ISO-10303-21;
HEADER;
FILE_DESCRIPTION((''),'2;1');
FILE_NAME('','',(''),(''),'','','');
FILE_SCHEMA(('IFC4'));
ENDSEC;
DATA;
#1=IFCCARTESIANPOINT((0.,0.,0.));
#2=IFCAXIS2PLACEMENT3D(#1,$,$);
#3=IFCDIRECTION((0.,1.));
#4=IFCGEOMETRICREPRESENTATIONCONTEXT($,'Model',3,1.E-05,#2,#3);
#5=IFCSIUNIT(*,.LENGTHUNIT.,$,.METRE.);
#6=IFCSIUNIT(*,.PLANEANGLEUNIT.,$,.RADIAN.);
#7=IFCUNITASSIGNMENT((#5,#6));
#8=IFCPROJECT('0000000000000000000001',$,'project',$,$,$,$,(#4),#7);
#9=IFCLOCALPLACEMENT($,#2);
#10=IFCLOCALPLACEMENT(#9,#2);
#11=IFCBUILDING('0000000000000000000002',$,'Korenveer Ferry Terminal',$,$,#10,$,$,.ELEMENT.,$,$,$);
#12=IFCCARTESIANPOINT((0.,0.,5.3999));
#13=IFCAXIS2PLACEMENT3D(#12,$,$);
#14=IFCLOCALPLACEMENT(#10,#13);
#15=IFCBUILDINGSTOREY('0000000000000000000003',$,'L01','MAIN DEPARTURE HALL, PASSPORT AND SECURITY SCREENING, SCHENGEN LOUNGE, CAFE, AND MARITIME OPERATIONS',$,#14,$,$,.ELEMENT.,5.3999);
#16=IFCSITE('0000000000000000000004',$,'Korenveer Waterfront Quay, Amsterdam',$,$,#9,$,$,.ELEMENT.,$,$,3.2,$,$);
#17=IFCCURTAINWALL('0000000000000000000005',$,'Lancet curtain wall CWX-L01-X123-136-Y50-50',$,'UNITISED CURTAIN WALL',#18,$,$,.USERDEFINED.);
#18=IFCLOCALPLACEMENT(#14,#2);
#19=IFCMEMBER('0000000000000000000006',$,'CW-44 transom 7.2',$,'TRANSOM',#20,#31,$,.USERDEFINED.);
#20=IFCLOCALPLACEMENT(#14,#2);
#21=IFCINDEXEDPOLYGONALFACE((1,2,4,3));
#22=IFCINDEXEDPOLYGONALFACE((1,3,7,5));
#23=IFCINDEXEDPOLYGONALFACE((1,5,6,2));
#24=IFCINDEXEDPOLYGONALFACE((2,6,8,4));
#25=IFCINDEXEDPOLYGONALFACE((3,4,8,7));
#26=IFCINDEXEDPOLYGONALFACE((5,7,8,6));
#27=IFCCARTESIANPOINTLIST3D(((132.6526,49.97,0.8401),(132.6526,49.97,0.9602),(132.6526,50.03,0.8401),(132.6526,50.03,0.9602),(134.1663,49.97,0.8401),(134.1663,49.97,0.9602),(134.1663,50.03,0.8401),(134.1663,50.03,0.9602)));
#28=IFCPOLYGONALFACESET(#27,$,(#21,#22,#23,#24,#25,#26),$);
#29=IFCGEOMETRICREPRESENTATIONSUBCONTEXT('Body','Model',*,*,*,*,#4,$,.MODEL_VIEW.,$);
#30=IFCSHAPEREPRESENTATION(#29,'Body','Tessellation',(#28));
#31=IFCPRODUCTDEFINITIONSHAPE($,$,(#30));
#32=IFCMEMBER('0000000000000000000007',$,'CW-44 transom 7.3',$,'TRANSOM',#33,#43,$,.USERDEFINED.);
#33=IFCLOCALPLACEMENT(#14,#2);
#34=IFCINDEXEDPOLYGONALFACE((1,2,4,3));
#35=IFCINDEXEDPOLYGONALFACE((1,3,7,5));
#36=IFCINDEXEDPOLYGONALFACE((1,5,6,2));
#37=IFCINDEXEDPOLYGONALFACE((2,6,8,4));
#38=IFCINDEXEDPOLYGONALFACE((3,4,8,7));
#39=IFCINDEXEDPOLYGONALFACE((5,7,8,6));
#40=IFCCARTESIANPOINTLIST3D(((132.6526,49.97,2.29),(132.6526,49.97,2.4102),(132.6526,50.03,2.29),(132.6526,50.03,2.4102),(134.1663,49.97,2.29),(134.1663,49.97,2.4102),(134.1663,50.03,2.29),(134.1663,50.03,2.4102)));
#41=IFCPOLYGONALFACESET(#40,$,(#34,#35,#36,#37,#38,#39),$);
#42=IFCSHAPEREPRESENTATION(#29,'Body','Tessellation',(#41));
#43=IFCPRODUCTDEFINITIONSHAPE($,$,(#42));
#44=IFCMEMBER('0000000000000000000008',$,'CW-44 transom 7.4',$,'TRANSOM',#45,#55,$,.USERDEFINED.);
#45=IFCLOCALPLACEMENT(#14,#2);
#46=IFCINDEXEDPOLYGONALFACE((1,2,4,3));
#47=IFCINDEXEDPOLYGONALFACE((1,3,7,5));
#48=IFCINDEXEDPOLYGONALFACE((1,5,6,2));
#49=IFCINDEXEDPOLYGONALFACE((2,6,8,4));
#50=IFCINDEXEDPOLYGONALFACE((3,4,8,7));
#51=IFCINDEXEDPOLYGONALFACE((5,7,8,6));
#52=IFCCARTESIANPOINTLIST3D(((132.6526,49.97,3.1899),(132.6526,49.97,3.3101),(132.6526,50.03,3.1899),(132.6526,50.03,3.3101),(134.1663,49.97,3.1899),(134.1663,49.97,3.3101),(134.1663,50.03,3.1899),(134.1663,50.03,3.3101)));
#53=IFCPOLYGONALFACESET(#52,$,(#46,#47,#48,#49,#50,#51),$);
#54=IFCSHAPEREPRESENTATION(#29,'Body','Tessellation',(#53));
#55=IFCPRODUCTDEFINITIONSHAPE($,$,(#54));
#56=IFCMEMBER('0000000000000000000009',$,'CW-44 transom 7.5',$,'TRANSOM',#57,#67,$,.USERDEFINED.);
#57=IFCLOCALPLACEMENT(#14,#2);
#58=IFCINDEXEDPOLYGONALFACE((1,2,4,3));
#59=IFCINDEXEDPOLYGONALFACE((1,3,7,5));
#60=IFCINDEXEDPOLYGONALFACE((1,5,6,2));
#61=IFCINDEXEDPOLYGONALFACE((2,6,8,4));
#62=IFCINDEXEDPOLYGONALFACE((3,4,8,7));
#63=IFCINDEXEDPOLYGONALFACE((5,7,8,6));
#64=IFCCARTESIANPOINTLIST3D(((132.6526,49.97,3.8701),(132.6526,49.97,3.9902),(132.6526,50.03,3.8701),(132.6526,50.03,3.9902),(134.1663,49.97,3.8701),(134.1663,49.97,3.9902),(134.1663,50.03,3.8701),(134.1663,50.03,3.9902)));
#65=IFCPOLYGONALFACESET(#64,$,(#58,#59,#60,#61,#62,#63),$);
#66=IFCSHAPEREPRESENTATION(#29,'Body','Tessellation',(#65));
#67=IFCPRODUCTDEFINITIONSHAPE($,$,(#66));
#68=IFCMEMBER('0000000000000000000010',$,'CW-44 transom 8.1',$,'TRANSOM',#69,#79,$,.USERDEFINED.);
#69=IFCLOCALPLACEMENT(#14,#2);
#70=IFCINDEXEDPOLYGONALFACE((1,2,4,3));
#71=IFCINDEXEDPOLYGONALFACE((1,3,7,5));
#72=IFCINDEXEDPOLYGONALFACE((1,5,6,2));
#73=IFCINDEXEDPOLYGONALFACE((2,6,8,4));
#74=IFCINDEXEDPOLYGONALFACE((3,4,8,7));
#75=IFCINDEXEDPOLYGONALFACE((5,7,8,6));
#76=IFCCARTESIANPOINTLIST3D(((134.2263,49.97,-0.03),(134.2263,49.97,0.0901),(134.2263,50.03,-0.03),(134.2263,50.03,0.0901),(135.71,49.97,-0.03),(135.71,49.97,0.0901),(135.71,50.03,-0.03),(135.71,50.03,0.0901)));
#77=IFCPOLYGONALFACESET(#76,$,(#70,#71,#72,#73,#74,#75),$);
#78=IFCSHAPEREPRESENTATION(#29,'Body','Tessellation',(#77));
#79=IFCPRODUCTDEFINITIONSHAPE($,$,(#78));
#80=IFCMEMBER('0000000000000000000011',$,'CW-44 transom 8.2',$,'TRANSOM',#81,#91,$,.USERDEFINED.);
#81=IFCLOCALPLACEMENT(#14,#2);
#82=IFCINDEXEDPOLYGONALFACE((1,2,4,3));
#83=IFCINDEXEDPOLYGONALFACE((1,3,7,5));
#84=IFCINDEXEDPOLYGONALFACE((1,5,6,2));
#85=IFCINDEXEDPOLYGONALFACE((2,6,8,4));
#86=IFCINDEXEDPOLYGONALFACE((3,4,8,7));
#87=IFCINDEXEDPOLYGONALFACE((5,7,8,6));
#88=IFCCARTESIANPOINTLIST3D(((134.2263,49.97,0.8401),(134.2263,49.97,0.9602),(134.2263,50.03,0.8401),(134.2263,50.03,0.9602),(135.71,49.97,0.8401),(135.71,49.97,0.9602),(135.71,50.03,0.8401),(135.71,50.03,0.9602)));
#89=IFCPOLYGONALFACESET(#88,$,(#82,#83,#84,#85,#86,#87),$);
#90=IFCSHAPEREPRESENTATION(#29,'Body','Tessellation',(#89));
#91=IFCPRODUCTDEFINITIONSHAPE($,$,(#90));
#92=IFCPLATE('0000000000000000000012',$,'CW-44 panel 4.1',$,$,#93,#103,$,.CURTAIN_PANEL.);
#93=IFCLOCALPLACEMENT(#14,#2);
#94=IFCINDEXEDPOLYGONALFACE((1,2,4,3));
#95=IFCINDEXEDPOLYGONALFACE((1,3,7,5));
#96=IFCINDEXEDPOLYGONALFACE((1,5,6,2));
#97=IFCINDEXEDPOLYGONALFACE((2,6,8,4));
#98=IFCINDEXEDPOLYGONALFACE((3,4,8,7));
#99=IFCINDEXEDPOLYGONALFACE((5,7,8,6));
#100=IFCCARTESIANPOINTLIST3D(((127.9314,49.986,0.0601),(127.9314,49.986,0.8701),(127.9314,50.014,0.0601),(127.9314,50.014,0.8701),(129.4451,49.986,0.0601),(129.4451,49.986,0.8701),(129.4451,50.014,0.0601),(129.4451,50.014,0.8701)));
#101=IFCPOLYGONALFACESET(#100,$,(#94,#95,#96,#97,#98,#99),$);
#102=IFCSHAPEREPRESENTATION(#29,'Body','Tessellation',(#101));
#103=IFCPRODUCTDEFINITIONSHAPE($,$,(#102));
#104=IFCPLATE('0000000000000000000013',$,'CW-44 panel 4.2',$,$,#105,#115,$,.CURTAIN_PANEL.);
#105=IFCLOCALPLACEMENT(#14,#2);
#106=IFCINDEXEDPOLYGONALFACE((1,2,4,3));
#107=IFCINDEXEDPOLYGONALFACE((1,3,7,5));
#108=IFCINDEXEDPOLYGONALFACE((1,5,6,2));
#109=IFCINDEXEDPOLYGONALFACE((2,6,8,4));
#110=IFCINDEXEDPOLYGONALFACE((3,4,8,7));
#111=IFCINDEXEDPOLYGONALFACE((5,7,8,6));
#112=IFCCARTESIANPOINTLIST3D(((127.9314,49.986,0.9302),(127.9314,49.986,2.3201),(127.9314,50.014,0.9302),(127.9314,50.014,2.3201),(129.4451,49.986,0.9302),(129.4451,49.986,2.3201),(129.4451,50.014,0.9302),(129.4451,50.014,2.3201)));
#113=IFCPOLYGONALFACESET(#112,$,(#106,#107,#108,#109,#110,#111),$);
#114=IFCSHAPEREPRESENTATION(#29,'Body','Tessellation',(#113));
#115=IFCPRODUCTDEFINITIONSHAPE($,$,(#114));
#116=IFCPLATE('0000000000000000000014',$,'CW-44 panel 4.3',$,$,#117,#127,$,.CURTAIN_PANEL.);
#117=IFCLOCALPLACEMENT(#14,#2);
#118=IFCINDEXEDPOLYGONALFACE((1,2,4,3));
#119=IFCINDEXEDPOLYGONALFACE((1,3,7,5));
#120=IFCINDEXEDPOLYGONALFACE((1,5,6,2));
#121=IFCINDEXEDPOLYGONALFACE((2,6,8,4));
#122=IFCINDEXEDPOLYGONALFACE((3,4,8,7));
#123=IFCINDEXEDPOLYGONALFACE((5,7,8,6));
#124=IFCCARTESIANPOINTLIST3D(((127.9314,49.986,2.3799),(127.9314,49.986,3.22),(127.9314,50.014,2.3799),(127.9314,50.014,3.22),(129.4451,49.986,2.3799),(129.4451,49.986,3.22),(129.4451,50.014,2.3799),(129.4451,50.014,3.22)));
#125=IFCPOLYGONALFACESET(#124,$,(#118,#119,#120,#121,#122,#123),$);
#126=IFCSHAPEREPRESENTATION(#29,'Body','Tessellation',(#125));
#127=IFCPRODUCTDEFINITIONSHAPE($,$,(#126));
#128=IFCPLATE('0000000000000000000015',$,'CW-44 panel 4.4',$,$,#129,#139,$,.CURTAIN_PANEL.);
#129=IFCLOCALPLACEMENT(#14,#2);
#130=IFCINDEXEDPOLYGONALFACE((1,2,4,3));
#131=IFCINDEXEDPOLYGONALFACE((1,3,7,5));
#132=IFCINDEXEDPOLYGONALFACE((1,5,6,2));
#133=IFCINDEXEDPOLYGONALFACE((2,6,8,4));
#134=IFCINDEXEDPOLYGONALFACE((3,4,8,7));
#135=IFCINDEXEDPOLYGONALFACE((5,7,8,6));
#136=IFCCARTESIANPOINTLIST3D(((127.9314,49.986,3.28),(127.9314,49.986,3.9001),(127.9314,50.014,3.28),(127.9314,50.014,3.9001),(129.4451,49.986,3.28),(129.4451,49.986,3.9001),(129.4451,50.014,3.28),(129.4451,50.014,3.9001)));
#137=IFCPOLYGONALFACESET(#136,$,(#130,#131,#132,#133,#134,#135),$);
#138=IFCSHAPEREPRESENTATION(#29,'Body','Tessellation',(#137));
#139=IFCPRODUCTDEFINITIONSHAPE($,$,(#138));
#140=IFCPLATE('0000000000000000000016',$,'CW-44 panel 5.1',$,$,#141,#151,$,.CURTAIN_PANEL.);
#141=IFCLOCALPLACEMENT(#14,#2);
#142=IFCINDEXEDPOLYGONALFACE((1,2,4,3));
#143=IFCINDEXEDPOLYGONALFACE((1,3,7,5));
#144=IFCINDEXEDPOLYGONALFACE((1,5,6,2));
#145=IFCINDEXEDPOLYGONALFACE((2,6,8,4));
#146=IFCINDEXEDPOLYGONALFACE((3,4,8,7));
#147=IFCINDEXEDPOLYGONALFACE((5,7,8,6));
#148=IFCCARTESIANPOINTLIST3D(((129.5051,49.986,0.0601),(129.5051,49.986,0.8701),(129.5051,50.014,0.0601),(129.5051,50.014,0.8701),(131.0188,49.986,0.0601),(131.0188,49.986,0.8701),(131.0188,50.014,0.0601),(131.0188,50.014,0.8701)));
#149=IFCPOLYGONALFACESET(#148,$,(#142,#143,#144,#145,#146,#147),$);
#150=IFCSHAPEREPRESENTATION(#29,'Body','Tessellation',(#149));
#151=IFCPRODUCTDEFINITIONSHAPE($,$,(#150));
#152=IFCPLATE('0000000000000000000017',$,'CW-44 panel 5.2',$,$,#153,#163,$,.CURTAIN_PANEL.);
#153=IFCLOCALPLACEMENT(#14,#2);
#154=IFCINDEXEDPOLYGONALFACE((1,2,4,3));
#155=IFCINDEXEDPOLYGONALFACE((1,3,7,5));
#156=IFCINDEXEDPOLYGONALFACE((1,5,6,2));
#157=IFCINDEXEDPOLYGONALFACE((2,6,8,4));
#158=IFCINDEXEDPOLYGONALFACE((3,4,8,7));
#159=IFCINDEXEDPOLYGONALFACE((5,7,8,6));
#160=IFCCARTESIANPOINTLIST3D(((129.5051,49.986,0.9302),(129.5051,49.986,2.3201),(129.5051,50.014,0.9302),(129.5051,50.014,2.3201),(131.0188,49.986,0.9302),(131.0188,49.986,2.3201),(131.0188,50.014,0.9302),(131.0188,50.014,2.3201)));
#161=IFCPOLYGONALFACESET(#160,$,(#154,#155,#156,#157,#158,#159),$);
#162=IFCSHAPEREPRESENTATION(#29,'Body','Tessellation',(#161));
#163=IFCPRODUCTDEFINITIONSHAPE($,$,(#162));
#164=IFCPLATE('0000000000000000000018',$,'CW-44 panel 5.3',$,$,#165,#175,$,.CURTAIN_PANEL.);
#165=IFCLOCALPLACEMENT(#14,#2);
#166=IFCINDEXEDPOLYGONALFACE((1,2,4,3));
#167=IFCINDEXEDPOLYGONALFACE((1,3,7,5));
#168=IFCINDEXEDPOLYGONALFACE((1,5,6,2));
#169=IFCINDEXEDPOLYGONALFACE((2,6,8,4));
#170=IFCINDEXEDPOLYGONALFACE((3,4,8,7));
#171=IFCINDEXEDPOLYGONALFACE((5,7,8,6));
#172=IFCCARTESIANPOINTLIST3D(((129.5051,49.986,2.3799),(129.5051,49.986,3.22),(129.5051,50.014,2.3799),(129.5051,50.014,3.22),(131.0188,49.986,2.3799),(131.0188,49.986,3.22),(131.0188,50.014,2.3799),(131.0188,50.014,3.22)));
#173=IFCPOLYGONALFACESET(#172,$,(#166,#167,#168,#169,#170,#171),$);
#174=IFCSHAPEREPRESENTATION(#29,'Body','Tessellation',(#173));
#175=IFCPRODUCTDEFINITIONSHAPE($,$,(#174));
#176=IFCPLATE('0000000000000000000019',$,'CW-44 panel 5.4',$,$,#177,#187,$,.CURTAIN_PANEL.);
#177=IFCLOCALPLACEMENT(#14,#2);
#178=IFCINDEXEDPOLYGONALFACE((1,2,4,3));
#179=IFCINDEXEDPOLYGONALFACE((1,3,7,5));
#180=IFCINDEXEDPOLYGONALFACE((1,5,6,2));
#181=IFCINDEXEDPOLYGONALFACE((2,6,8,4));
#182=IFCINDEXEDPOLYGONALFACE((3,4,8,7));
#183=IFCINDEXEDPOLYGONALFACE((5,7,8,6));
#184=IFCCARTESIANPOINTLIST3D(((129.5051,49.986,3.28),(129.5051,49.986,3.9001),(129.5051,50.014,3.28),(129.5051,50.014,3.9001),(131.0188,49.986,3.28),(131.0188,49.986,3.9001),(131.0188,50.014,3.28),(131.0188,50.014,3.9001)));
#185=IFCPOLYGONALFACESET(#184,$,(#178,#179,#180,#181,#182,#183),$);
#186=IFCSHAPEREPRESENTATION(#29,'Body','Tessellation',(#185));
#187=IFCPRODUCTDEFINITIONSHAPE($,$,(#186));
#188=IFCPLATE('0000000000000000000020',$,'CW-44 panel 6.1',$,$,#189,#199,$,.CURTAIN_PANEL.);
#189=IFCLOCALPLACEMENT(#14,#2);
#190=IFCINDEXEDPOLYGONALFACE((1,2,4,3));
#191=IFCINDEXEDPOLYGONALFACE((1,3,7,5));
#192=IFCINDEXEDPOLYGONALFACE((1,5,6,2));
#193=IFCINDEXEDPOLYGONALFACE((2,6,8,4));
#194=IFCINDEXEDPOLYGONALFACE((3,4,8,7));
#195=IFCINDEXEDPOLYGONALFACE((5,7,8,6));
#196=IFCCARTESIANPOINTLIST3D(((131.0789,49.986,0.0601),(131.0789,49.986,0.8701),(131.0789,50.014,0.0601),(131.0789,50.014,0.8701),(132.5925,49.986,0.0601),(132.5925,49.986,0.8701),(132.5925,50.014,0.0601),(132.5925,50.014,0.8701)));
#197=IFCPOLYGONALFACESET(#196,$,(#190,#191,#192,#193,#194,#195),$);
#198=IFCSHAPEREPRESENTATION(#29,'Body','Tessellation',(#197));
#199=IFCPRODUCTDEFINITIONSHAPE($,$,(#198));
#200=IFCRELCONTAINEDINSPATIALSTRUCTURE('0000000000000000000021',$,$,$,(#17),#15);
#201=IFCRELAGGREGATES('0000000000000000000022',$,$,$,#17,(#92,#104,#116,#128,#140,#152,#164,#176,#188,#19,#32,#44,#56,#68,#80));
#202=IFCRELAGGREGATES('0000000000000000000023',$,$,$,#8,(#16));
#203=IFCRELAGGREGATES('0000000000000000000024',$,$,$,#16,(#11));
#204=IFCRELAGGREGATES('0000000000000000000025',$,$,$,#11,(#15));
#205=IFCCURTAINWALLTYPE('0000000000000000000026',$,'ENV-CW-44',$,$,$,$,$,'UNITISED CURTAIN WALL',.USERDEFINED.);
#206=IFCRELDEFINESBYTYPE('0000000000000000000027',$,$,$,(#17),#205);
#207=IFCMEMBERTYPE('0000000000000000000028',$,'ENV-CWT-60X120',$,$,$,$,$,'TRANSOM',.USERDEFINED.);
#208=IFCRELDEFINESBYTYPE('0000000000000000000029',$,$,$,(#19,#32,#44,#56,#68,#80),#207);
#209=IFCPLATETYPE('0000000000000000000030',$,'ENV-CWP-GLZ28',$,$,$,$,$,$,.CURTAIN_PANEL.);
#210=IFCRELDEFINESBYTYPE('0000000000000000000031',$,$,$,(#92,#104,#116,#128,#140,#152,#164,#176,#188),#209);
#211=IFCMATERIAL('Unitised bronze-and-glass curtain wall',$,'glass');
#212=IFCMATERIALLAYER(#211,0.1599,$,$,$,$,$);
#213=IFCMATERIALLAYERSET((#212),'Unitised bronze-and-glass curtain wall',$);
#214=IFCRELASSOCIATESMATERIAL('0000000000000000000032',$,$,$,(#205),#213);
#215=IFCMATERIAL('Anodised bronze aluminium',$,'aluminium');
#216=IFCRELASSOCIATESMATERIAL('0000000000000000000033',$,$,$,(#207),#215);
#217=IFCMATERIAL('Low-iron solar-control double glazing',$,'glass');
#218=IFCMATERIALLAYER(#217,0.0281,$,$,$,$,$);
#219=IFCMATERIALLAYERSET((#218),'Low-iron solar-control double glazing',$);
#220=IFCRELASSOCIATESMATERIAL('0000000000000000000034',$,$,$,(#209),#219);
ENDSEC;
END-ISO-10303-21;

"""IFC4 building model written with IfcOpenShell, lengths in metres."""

from ifc_helpers import new_model, si_unit, direction, frame, origin, origin_2d, place, context, subcontext, project, spatial, rectangle, extrude, material, layer, layer_set, material_profile, profile_set, type_object, element, aggregate, save


model = new_model("IFC4")

# Units and contexts
model_context = context("Model", 3, precision=1e-05, world=origin(), true_north=direction((0.0, 1.0)))
body_context = subcontext(model_context, "Body", "Model", "MODEL_VIEW")
ifc_project = project(units=[si_unit("LENGTHUNIT", "METRE"), si_unit("PLANEANGLEUNIT", "RADIAN")], contexts=[model_context])

# Site, building, storey
site_placement = place(None, origin())
site = spatial("IfcSite", under=ifc_project, at=site_placement, Name="Korenveer Waterfront Quay, Amsterdam", CompositionType="ELEMENT", RefElevation=3.2)
building_placement = place(site_placement, origin())
building = spatial("IfcBuilding", under=site, at=building_placement, Name="Korenveer Ferry Terminal", CompositionType="ELEMENT")
storey_placement = place(building_placement, frame((0.0, 0.0, 5.3999)))
storey = spatial("IfcBuildingStorey", under=building, at=storey_placement, Name="L01", Description="MAIN DEPARTURE HALL, PASSPORT AND SECURITY SCREENING, SCHENGEN LOUNGE, CAFE, AND MARITIME OPERATIONS", CompositionType="ELEMENT", Elevation=5.3999)

# Curtain wall, members, plates
ifc_material_1 = material(Name="Unitised bronze-and-glass curtain wall", Category="glass")
ifc_layer_1 = layer(ifc_material_1, 0.1599)
ifc_layer_set_1 = layer_set([ifc_layer_1], Name="Unitised bronze-and-glass curtain wall")
curtain_wall_type = type_object("IfcCurtainWallType", Name="ENV-CW-44", ElementType="UNITISED CURTAIN WALL", PredefinedType="USERDEFINED", material=ifc_layer_set_1)
curtain_wall_placement = place(storey_placement, frame((123.1799, 50.0, 0.0)))
curtain_wall = element("IfcCurtainWall", 1, at=curtain_wall_placement, inside=storey, type_object=curtain_wall_type, Name="Lancet curtain wall CWX-L01-X123-136-Y50-50", ObjectType="UNITISED CURTAIN WALL", PredefinedType="USERDEFINED")
ifc_material_2 = material(Name="Anodised bronze aluminium", Category="aluminium")
ifc_material_profile_1 = material_profile(ifc_material_2, rectangle(XDim=0.0601, YDim=0.1201, at=origin_2d()), Name="ALU 60x120")
ifc_profile_set_1 = profile_set([ifc_material_profile_1], Name="Anodised bronze aluminium")
member_type_1 = type_object("IfcMemberType", Name="ENV-CWT-60X120", ElementType="TRANSOM", PredefinedType="USERDEFINED", material=ifc_profile_set_1)
member_1_placement = place(storey_placement, frame((132.6526, 50.0, 0.9001), z_axis=(1.0, 0.0, 0.0), x_axis=(0.0, 1.0, 0.0)))
member_1 = element("IfcMember", 2, at=member_1_placement, type_object=member_type_1, Name="CW-44 transom 7.2", ObjectType="TRANSOM", PredefinedType="USERDEFINED", context=body_context, shape_type="SweptSolid", body=[
    extrude(rectangle(XDim=0.0601, YDim=0.1201, at=origin_2d()), origin(), (0.0, 0.0, 1.0), 1.5137),
])
member_2_placement = place(storey_placement, frame((132.6526, 50.0, 2.3501), z_axis=(1.0, 0.0, 0.0), x_axis=(0.0, 1.0, 0.0)))
member_2 = element("IfcMember", 3, at=member_2_placement, type_object=member_type_1, Name="CW-44 transom 7.3", ObjectType="TRANSOM", PredefinedType="USERDEFINED", context=body_context, shape_type="SweptSolid", body=[
    extrude(rectangle(XDim=0.0601, YDim=0.1201, at=origin_2d()), origin(), (0.0, 0.0, 1.0), 1.5137),
])
member_3_placement = place(storey_placement, frame((132.6526, 50.0, 3.25), z_axis=(1.0, 0.0, 0.0), x_axis=(0.0, 1.0, 0.0)))
member_3 = element("IfcMember", 4, at=member_3_placement, type_object=member_type_1, Name="CW-44 transom 7.4", ObjectType="TRANSOM", PredefinedType="USERDEFINED", context=body_context, shape_type="SweptSolid", body=[
    extrude(rectangle(XDim=0.0601, YDim=0.1201, at=origin_2d()), origin(), (0.0, 0.0, 1.0), 1.5137),
])
member_4_placement = place(storey_placement, frame((132.6526, 50.0, 3.9302), z_axis=(1.0, 0.0, 0.0), x_axis=(0.0, 1.0, 0.0)))
member_4 = element("IfcMember", 5, at=member_4_placement, type_object=member_type_1, Name="CW-44 transom 7.5", ObjectType="TRANSOM", PredefinedType="USERDEFINED", context=body_context, shape_type="SweptSolid", body=[
    extrude(rectangle(XDim=0.0601, YDim=0.1201, at=origin_2d()), origin(), (0.0, 0.0, 1.0), 1.5137),
])
member_5_placement = place(storey_placement, frame((134.2263, 50.0, 0.03), z_axis=(1.0, 0.0, 0.0), x_axis=(0.0, 1.0, 0.0)))
member_5 = element("IfcMember", 6, at=member_5_placement, type_object=member_type_1, Name="CW-44 transom 8.1", ObjectType="TRANSOM", PredefinedType="USERDEFINED", context=body_context, shape_type="SweptSolid", body=[
    extrude(rectangle(XDim=0.0601, YDim=0.1201, at=origin_2d()), origin(), (0.0, 0.0, 1.0), 1.4836),
])
member_6_placement = place(storey_placement, frame((134.2263, 50.0, 0.9001), z_axis=(1.0, 0.0, 0.0), x_axis=(0.0, 1.0, 0.0)))
member_6 = element("IfcMember", 7, at=member_6_placement, type_object=member_type_1, Name="CW-44 transom 8.2", ObjectType="TRANSOM", PredefinedType="USERDEFINED", context=body_context, shape_type="SweptSolid", body=[
    extrude(rectangle(XDim=0.0601, YDim=0.1201, at=origin_2d()), origin(), (0.0, 0.0, 1.0), 1.4836),
])
ifc_material_3 = material(Name="Low-iron solar-control double glazing", Category="glass")
ifc_layer_2 = layer(ifc_material_3, 0.0281)
ifc_layer_set_2 = layer_set([ifc_layer_2], Name="Low-iron solar-control double glazing")
plate_type = type_object("IfcPlateType", Name="ENV-CWP-GLZ28", PredefinedType="CURTAIN_PANEL", material=ifc_layer_set_2)
plate_1_placement = place(storey_placement, frame((128.6882, 50.0, 0.0601), z_axis=(0.0, 0.0, 1.0), x_axis=(1.0, 0.0, 0.0)))
plate_1 = element("IfcPlate", 8, at=plate_1_placement, type_object=plate_type, Name="CW-44 panel 4.1", PredefinedType="CURTAIN_PANEL", context=body_context, shape_type="SweptSolid", body=[
    extrude(rectangle(XDim=1.5137, YDim=0.0281, at=origin_2d()), origin(), (0.0, 0.0, 1.0), 0.8101),
])
plate_2_placement = place(storey_placement, frame((128.6882, 50.0, 0.9302), z_axis=(0.0, 0.0, 1.0), x_axis=(1.0, 0.0, 0.0)))
plate_2 = element("IfcPlate", 9, at=plate_2_placement, type_object=plate_type, Name="CW-44 panel 4.2", PredefinedType="CURTAIN_PANEL", context=body_context, shape_type="SweptSolid", body=[
    extrude(rectangle(XDim=1.5137, YDim=0.0281, at=origin_2d()), origin(), (0.0, 0.0, 1.0), 1.3899),
])
plate_3_placement = place(storey_placement, frame((128.6882, 50.0, 2.3799), z_axis=(0.0, 0.0, 1.0), x_axis=(1.0, 0.0, 0.0)))
plate_3 = element("IfcPlate", 10, at=plate_3_placement, type_object=plate_type, Name="CW-44 panel 4.3", PredefinedType="CURTAIN_PANEL", context=body_context, shape_type="SweptSolid", body=[
    extrude(rectangle(XDim=1.5137, YDim=0.0281, at=origin_2d()), origin(), (0.0, 0.0, 1.0), 0.8401),
])
plate_4_placement = place(storey_placement, frame((128.6882, 50.0, 3.28), z_axis=(0.0, 0.0, 1.0), x_axis=(1.0, 0.0, 0.0)))
plate_4 = element("IfcPlate", 11, at=plate_4_placement, type_object=plate_type, Name="CW-44 panel 4.4", PredefinedType="CURTAIN_PANEL", context=body_context, shape_type="SweptSolid", body=[
    extrude(rectangle(XDim=1.5137, YDim=0.0281, at=origin_2d()), origin(), (0.0, 0.0, 1.0), 0.6201),
])
plate_5_placement = place(storey_placement, frame((130.262, 50.0, 0.0601), z_axis=(0.0, 0.0, 1.0), x_axis=(1.0, 0.0, 0.0)))
plate_5 = element("IfcPlate", 12, at=plate_5_placement, type_object=plate_type, Name="CW-44 panel 5.1", PredefinedType="CURTAIN_PANEL", context=body_context, shape_type="SweptSolid", body=[
    extrude(rectangle(XDim=1.5137, YDim=0.0281, at=origin_2d()), origin(), (0.0, 0.0, 1.0), 0.8101),
])
plate_6_placement = place(storey_placement, frame((130.262, 50.0, 0.9302), z_axis=(0.0, 0.0, 1.0), x_axis=(1.0, 0.0, 0.0)))
plate_6 = element("IfcPlate", 13, at=plate_6_placement, type_object=plate_type, Name="CW-44 panel 5.2", PredefinedType="CURTAIN_PANEL", context=body_context, shape_type="SweptSolid", body=[
    extrude(rectangle(XDim=1.5137, YDim=0.0281, at=origin_2d()), origin(), (0.0, 0.0, 1.0), 1.3899),
])
plate_7_placement = place(storey_placement, frame((130.262, 50.0, 2.3799), z_axis=(0.0, 0.0, 1.0), x_axis=(1.0, 0.0, 0.0)))
plate_7 = element("IfcPlate", 14, at=plate_7_placement, type_object=plate_type, Name="CW-44 panel 5.3", PredefinedType="CURTAIN_PANEL", context=body_context, shape_type="SweptSolid", body=[
    extrude(rectangle(XDim=1.5137, YDim=0.0281, at=origin_2d()), origin(), (0.0, 0.0, 1.0), 0.8401),
])
plate_8_placement = place(storey_placement, frame((130.262, 50.0, 3.28), z_axis=(0.0, 0.0, 1.0), x_axis=(1.0, 0.0, 0.0)))
plate_8 = element("IfcPlate", 15, at=plate_8_placement, type_object=plate_type, Name="CW-44 panel 5.4", PredefinedType="CURTAIN_PANEL", context=body_context, shape_type="SweptSolid", body=[
    extrude(rectangle(XDim=1.5137, YDim=0.0281, at=origin_2d()), origin(), (0.0, 0.0, 1.0), 0.6201),
])
plate_9_placement = place(storey_placement, frame((131.8357, 50.0, 0.0601), z_axis=(0.0, 0.0, 1.0), x_axis=(1.0, 0.0, 0.0)))
plate_9 = element("IfcPlate", 16, at=plate_9_placement, type_object=plate_type, Name="CW-44 panel 6.1", PredefinedType="CURTAIN_PANEL", context=body_context, shape_type="SweptSolid", body=[
    extrude(rectangle(XDim=1.5137, YDim=0.0281, at=origin_2d()), origin(), (0.0, 0.0, 1.0), 0.8101),
])
aggregate(curtain_wall, [plate_1, plate_2, plate_3, plate_4, plate_5, plate_6, plate_7, plate_8, plate_9, member_1, member_2, member_3, member_4, member_5, member_6])

save(model, "model.ifc")
